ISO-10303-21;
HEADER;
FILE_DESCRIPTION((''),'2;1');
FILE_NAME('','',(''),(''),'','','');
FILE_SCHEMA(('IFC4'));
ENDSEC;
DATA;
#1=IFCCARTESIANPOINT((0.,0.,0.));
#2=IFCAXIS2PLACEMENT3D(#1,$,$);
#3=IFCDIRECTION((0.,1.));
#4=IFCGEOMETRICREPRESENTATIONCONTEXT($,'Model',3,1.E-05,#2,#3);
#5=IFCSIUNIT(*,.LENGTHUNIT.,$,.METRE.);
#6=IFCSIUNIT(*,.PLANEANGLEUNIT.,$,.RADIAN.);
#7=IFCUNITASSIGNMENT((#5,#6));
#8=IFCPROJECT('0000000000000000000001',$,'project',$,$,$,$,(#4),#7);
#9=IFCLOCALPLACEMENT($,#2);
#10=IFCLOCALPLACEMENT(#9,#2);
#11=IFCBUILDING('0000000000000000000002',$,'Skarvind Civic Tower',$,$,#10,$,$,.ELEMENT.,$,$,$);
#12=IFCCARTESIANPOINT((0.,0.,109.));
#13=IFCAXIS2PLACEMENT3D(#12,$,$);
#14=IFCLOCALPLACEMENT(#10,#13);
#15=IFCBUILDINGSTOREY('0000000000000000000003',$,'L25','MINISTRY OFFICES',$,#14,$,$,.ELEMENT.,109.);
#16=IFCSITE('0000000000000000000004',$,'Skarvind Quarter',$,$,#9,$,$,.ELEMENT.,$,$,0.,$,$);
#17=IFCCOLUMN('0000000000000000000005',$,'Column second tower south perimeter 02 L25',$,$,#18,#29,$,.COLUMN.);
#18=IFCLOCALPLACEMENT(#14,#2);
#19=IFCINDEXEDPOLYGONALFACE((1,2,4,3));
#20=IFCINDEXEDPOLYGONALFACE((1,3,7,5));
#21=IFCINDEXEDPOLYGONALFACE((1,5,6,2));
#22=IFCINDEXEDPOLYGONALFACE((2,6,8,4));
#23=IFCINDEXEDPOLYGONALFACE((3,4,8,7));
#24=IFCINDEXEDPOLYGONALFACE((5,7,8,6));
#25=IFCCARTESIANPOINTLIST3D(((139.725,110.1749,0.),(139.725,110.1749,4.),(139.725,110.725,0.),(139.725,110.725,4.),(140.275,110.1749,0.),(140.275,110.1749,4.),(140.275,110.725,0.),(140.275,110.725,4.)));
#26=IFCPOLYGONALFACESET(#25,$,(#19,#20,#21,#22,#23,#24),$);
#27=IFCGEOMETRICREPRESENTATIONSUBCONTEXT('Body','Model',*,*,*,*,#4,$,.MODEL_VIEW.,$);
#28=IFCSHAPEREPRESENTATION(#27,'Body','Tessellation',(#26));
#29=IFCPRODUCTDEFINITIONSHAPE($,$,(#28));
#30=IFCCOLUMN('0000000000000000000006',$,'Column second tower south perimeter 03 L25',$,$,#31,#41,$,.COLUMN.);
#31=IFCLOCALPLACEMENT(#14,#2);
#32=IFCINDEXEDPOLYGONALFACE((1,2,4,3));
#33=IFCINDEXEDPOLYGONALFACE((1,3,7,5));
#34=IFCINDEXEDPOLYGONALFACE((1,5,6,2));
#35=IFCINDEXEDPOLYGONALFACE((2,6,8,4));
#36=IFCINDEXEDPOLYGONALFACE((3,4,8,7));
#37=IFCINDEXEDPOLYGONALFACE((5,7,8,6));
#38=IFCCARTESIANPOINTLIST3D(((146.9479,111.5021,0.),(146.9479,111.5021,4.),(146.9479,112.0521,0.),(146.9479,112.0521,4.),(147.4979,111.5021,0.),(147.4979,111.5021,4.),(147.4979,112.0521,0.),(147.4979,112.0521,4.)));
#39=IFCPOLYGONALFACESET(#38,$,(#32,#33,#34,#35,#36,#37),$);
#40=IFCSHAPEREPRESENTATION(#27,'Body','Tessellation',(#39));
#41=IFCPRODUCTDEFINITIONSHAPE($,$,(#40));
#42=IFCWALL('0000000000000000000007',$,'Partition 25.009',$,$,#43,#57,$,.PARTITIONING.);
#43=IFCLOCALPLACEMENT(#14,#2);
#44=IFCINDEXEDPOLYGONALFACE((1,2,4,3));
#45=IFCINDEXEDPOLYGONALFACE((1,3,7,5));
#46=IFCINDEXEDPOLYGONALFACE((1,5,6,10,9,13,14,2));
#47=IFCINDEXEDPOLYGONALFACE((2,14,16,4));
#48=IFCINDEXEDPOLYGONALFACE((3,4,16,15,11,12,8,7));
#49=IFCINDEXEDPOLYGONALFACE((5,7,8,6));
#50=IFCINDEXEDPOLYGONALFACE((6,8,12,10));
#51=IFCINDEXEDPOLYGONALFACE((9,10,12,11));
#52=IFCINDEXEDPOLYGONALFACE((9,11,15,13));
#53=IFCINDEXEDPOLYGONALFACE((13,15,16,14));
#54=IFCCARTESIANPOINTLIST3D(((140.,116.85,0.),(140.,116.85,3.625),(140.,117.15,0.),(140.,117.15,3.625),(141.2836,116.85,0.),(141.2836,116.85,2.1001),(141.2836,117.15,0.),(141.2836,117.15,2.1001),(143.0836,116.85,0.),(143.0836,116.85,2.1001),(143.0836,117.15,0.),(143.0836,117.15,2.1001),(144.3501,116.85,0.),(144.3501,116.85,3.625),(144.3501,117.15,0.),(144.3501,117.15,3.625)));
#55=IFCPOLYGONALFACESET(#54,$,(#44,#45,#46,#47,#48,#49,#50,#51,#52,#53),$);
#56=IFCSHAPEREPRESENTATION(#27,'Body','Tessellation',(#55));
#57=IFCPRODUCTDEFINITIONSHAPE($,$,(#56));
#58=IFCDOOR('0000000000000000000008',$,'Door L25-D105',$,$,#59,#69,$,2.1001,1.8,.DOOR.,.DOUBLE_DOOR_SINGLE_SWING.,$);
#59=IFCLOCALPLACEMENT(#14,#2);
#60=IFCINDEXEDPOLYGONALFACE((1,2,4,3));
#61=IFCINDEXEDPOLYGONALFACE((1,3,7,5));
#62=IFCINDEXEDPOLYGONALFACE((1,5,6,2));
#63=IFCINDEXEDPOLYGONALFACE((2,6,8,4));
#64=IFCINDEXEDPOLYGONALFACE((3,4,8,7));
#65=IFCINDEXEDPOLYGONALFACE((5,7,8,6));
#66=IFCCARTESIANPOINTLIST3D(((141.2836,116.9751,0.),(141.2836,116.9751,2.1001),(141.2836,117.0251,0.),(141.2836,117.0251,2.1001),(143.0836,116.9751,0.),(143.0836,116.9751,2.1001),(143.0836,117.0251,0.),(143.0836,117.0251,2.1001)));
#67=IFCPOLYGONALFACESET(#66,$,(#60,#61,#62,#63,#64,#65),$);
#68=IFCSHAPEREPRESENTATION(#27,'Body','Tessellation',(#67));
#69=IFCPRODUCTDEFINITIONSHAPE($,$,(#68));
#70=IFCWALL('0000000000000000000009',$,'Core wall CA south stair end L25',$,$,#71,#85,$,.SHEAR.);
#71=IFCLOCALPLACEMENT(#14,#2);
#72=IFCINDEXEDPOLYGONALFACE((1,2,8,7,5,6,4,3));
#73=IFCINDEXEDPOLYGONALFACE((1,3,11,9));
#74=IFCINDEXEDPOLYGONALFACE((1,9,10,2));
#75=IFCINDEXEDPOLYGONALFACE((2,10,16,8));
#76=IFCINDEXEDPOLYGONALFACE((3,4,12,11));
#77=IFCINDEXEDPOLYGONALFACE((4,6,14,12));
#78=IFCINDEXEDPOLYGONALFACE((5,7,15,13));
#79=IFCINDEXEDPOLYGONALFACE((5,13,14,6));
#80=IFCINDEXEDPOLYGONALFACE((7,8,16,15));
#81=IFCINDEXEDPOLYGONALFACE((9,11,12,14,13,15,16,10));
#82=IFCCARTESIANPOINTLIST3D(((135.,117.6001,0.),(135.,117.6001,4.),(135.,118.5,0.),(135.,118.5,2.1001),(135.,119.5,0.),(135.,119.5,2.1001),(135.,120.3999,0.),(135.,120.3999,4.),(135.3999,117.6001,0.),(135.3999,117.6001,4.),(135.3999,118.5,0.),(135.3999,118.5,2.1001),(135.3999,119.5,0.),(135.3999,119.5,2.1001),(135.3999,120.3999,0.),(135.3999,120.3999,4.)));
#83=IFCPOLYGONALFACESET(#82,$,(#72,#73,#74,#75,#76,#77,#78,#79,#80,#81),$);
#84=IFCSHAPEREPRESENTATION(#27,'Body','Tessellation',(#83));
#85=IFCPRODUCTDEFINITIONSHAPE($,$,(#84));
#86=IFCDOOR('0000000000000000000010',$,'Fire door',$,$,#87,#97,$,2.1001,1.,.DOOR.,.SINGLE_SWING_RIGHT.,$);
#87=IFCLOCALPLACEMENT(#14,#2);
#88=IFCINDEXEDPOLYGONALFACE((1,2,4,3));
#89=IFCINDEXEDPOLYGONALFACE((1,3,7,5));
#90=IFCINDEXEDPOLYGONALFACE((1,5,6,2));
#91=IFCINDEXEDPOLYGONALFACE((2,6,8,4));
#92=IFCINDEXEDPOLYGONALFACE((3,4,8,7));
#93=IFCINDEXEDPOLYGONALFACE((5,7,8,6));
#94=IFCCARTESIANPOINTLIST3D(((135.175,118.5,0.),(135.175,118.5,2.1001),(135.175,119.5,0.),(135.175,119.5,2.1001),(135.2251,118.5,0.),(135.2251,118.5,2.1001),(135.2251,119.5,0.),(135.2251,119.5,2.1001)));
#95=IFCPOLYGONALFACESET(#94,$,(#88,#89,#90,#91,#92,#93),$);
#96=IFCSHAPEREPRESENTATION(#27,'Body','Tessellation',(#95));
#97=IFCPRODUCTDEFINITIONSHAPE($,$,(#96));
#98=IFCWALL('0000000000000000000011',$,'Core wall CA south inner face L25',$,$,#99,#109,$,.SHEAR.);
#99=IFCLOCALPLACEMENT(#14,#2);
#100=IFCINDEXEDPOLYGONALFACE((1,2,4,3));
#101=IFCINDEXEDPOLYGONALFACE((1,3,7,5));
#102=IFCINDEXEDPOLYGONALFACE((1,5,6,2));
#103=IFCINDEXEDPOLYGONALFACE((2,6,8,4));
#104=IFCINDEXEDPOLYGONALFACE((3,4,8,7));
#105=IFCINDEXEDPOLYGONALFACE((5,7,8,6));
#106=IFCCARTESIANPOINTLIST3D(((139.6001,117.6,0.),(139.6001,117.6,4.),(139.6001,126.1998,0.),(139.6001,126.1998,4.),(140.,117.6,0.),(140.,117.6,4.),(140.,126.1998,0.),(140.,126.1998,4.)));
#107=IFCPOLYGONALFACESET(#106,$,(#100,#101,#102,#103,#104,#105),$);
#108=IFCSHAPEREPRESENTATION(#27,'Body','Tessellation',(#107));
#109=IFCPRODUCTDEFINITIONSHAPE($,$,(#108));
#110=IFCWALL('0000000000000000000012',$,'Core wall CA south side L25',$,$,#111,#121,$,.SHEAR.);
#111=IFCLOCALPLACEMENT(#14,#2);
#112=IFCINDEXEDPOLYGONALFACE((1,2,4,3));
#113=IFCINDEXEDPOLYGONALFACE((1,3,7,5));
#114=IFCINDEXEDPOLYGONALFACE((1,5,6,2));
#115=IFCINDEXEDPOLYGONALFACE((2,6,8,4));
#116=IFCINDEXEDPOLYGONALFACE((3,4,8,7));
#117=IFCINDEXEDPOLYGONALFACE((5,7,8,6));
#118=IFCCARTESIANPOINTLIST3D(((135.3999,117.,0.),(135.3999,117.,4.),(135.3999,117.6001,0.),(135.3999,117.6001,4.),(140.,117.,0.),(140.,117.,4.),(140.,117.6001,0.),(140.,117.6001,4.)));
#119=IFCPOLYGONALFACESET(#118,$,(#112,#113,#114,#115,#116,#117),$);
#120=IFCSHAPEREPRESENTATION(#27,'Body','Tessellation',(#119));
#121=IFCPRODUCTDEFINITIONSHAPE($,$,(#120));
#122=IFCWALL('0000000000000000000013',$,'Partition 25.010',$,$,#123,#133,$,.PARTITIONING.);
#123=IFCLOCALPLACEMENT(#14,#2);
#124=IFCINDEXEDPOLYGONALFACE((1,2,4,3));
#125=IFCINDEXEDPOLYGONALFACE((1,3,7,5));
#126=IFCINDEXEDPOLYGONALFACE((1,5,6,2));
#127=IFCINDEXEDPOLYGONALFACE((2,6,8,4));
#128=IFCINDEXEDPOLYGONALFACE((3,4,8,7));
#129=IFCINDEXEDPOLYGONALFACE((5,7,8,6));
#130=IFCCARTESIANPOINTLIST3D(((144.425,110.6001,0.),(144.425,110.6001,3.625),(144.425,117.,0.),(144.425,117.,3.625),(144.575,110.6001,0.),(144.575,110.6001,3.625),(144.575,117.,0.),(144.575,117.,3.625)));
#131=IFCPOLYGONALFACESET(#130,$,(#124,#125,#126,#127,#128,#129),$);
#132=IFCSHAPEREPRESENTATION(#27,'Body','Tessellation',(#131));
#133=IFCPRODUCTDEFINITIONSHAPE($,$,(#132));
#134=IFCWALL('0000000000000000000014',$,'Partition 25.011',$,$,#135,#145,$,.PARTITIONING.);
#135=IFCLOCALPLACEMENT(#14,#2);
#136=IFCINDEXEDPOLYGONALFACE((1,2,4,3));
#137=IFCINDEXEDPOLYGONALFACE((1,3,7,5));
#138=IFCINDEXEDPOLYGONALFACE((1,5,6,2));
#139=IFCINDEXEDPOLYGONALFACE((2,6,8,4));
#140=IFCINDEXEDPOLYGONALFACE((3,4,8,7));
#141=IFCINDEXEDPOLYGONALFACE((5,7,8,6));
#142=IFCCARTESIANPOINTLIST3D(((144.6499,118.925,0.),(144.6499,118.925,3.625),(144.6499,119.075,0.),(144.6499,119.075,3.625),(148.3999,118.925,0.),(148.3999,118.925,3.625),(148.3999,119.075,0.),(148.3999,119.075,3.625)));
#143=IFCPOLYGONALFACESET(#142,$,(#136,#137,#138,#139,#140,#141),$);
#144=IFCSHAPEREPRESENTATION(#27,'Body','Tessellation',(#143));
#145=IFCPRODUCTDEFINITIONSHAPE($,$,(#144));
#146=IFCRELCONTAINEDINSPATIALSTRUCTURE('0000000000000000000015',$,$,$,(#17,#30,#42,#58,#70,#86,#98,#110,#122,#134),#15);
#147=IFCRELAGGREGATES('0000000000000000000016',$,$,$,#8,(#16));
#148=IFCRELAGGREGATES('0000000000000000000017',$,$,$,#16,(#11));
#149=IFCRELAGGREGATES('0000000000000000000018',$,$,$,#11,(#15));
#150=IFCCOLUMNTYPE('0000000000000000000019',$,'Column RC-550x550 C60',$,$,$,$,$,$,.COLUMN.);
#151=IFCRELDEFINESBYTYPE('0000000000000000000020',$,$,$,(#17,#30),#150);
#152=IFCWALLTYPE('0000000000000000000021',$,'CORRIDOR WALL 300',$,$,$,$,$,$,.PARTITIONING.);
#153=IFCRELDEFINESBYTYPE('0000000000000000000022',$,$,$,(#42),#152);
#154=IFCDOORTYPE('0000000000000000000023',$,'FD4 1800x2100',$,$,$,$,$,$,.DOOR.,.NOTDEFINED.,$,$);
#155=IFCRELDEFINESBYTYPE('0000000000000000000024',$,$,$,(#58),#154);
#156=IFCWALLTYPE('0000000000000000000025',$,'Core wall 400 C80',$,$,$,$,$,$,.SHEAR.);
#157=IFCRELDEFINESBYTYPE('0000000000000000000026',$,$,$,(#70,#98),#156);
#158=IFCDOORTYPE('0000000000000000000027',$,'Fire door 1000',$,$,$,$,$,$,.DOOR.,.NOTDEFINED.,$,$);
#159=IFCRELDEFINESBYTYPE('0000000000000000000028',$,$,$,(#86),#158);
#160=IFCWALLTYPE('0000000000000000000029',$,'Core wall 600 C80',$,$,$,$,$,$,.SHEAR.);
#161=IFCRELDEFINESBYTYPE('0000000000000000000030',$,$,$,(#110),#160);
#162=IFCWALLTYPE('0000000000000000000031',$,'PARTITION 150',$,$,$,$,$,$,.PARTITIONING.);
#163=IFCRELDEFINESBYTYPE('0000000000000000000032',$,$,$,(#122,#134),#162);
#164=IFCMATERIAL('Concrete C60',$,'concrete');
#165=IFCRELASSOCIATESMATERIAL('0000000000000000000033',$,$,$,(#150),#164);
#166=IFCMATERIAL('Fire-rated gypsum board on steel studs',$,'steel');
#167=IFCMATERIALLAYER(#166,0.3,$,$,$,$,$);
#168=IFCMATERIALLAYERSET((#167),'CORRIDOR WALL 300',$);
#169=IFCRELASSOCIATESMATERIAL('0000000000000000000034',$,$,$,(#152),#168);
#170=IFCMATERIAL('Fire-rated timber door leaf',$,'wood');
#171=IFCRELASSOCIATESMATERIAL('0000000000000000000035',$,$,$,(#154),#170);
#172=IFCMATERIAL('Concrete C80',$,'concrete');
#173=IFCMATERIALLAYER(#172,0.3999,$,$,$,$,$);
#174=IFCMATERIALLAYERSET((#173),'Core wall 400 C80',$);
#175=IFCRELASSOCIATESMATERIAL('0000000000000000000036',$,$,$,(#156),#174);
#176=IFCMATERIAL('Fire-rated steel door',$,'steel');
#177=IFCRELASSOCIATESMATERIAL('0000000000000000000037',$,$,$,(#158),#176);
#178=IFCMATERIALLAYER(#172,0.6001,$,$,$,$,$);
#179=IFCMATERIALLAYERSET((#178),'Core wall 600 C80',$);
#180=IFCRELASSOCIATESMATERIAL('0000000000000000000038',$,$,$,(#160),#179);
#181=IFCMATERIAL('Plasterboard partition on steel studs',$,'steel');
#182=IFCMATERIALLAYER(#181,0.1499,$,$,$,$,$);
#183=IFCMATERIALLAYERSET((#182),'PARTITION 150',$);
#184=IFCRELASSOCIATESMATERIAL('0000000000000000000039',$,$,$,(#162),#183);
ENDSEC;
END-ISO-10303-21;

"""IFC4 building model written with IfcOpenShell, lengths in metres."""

from ifc_helpers import new_model, si_unit, direction, frame, frame_2d, origin, origin_2d, place, context, subcontext, project, spatial, rectangle, extrude, material, layer, layer_set, material_profile, profile_set, type_object, element, fill, save


model = new_model("IFC4")

# Units and contexts
model_context = context("Model", 3, precision=1e-05, world=origin(), true_north=direction((0.0, 1.0)))
body_context = subcontext(model_context, "Body", "Model", "MODEL_VIEW")
ifc_project = project(units=[si_unit("LENGTHUNIT", "METRE"), si_unit("PLANEANGLEUNIT", "RADIAN")], contexts=[model_context])

# Site, building, storey
site_placement = place(None, origin())
site = spatial("IfcSite", under=ifc_project, at=site_placement, Name="Skarvind Quarter", CompositionType="ELEMENT", RefElevation=0.0)
building_placement = place(site_placement, origin())
building = spatial("IfcBuilding", under=site, at=building_placement, Name="Skarvind Civic Tower", CompositionType="ELEMENT")
storey_placement = place(building_placement, frame((0.0, 0.0, 109.0)))
storey = spatial("IfcBuildingStorey", under=building, at=storey_placement, Name="L25", Description="MINISTRY OFFICES", CompositionType="ELEMENT", Elevation=109.0)

# Columns
ifc_material_1 = material(Name="Concrete C60", Category="concrete")
ifc_material_profile = material_profile(ifc_material_1, rectangle(XDim=0.55, YDim=0.55, at=origin_2d()), Name="RC-550x550")
ifc_profile_set = profile_set([ifc_material_profile], Name="Concrete C60")
column_type = type_object("IfcColumnType", Name="Column RC-550x550 C60", PredefinedType="COLUMN", material=ifc_profile_set)
for number, where, z_axis, x_axis, name in (
    (1, (140.0, 110.45, 0.0), (0.0, 0.0, 1.0), (1.0, 0.0, 0.0), "Column second tower south perimeter 02 L25"),
    (2, (147.2229, 111.7771, 0.0), (0.0, 0.0, 1.0), (1.0, 0.0, 0.0), "Column second tower south perimeter 03 L25"),
):
    element("IfcColumn", number, at=place(storey_placement, frame(where, z_axis=z_axis, x_axis=x_axis)), inside=storey, type_object=column_type, Name=name, PredefinedType="COLUMN", context=body_context, shape_type="SweptSolid", body=[
        extrude(rectangle(XDim=0.55, YDim=0.55, at=origin_2d()), origin(), (0.0, 0.0, 1.0), 4.0),
    ])

# Walls, openings, doors
ifc_material_2 = material(Name="Fire-rated gypsum board on steel studs", Category="steel")
ifc_layer_1 = layer(ifc_material_2, 0.3)
ifc_layer_set_1 = layer_set([ifc_layer_1], Name="CORRIDOR WALL 300")
wall_type_1 = type_object("IfcWallType", Name="CORRIDOR WALL 300", PredefinedType="PARTITIONING", material=ifc_layer_set_1)
wall_1_placement = place(storey_placement, frame((144.3501, 117.0, 0.0), z_axis=(0.0, 0.0, 1.0), x_axis=(-1.0, 0.0, 0.0)))
wall_1 = element("IfcWall", 3, at=wall_1_placement, inside=storey, type_object=wall_type_1, Name="Partition 25.009", PredefinedType="PARTITIONING", context=body_context, shape_type="SweptSolid", body=[
    extrude(rectangle(XDim=4.3501, YDim=0.3, at=frame_2d((2.175, 0.0))), origin(), (0.0, 0.0, 1.0), 3.625),
])
opening_1_placement = place(wall_1_placement, frame((1.2666, 0.0, 0.0)))
opening_1 = element("IfcOpeningElement", 4, at=opening_1_placement, cuts=wall_1, PredefinedType="OPENING", context=body_context, shape_type="SweptSolid", body=[
    extrude(rectangle(XDim=1.8, YDim=2.1001, at=frame_2d((0.8999, 1.05))), frame((0.0, 0.1599, 0.0), z_axis=(0.0, -1.0, 0.0), x_axis=(1.0, 0.0, 0.0)), (0.0, 0.0, 1.0), 0.3201),
])
ifc_material_3 = material(Name="Fire-rated timber door leaf", Category="wood")
door_type_1 = type_object("IfcDoorType", Name="FD4 1800x2100", OperationType="NOTDEFINED", PredefinedType="DOOR", material=ifc_material_3)
door_1_placement = place(opening_1_placement, origin())
door_1 = element("IfcDoor", 5, at=door_1_placement, inside=storey, type_object=door_type_1, Name="Door L25-D105", OperationType="DOUBLE_DOOR_SINGLE_SWING", OverallHeight=2.1001, OverallWidth=1.8, PredefinedType="DOOR", context=body_context, shape_type="SweptSolid", body=[
    extrude(rectangle(XDim=1.8, YDim=2.1001, at=frame_2d((0.8999, 1.05))), frame((0.0, 0.0249, 0.0), z_axis=(0.0, -1.0, 0.0), x_axis=(1.0, 0.0, 0.0)), (0.0, 0.0, 1.0), 0.05),
])
fill(opening_1, door_1)
ifc_material_4 = material(Name="Concrete C80", Category="concrete")
ifc_layer_2 = layer(ifc_material_4, 0.3999)
ifc_layer_set_2 = layer_set([ifc_layer_2], Name="Core wall 400 C80")
wall_type_2 = type_object("IfcWallType", Name="Core wall 400 C80", PredefinedType="SHEAR", material=ifc_layer_set_2)
wall_2_placement = place(storey_placement, frame((135.2, 117.6001, 0.0), z_axis=(0.0, 0.0, 1.0), x_axis=(0.0, 1.0, 0.0)))
wall_2 = element("IfcWall", 6, at=wall_2_placement, inside=storey, type_object=wall_type_2, Name="Core wall CA south stair end L25", PredefinedType="SHEAR", context=body_context, shape_type="SweptSolid", body=[
    extrude(rectangle(XDim=2.7998, YDim=0.3999, at=frame_2d((1.3999, 0.0))), origin(), (0.0, 0.0, 1.0), 4.0),
])
opening_2_placement = place(wall_2_placement, frame((0.8999, 0.0, 0.0)))
opening_2 = element("IfcOpeningElement", 7, at=opening_2_placement, cuts=wall_2, PredefinedType="OPENING", context=body_context, shape_type="SweptSolid", body=[
    extrude(rectangle(XDim=1.0, YDim=2.1001, at=frame_2d((0.5, 1.05))), frame((0.0, 0.21, 0.0), z_axis=(0.0, -1.0, 0.0), x_axis=(1.0, 0.0, 0.0)), (0.0, 0.0, 1.0), 0.4199),
])
ifc_material_5 = material(Name="Fire-rated steel door", Category="steel")
door_type_2 = type_object("IfcDoorType", Name="Fire door 1000", OperationType="NOTDEFINED", PredefinedType="DOOR", material=ifc_material_5)
door_2_placement = place(opening_2_placement, origin())
door_2 = element("IfcDoor", 8, at=door_2_placement, inside=storey, type_object=door_type_2, Name="Fire door", OperationType="SINGLE_SWING_RIGHT", OverallHeight=2.1001, OverallWidth=1.0, PredefinedType="DOOR", context=body_context, shape_type="SweptSolid", body=[
    extrude(rectangle(XDim=1.0, YDim=2.1001, at=frame_2d((0.5, 1.05))), frame((0.0, 0.0249, 0.0), z_axis=(0.0, -1.0, 0.0), x_axis=(1.0, 0.0, 0.0)), (0.0, 0.0, 1.0), 0.05),
])
fill(opening_2, door_2)

# Walls
wall_3_placement = place(storey_placement, frame((139.8, 117.6001, 0.0), z_axis=(0.0, 0.0, 1.0), x_axis=(0.0, 1.0, 0.0)))
element("IfcWall", 9, at=wall_3_placement, inside=storey, type_object=wall_type_2, Name="Core wall CA south inner face L25", PredefinedType="SHEAR", context=body_context, shape_type="SweptSolid", body=[
    extrude(rectangle(XDim=8.5999, YDim=0.3999, at=frame_2d((4.2998, 0.0))), origin(), (0.0, 0.0, 1.0), 4.0),
])
ifc_layer_3 = layer(ifc_material_4, 0.6001)
ifc_layer_set_3 = layer_set([ifc_layer_3], Name="Core wall 600 C80")
wall_type_3 = type_object("IfcWallType", Name="Core wall 600 C80", PredefinedType="SHEAR", material=ifc_layer_set_3)
wall_4_placement = place(storey_placement, frame((135.3999, 117.3, 0.0), z_axis=(0.0, 0.0, 1.0), x_axis=(1.0, 0.0, 0.0)))
element("IfcWall", 10, at=wall_4_placement, inside=storey, type_object=wall_type_3, Name="Core wall CA south side L25", PredefinedType="SHEAR", context=body_context, shape_type="SweptSolid", body=[
    extrude(rectangle(XDim=4.6001, YDim=0.6001, at=frame_2d((2.3, 0.0))), origin(), (0.0, 0.0, 1.0), 4.0),
])
ifc_material_6 = material(Name="Plasterboard partition on steel studs", Category="steel")
ifc_layer_4 = layer(ifc_material_6, 0.1499)
ifc_layer_set_4 = layer_set([ifc_layer_4], Name="PARTITION 150")
wall_type_4 = type_object("IfcWallType", Name="PARTITION 150", PredefinedType="PARTITIONING", material=ifc_layer_set_4)
wall_5_placement = place(storey_placement, frame((144.5, 117.0, 0.0), z_axis=(0.0, 0.0, 1.0), x_axis=(0.0, -1.0, 0.0)))
element("IfcWall", 11, at=wall_5_placement, inside=storey, type_object=wall_type_4, Name="Partition 25.010", PredefinedType="PARTITIONING", context=body_context, shape_type="SweptSolid", body=[
    extrude(rectangle(XDim=6.3999, YDim=0.1499, at=frame_2d((3.2, 0.0))), origin(), (0.0, 0.0, 1.0), 3.625),
])
wall_6_placement = place(storey_placement, frame((144.6499, 119.0, 0.0), z_axis=(0.0, 0.0, 1.0), x_axis=(1.0, 0.0, 0.0)))
element("IfcWall", 12, at=wall_6_placement, inside=storey, type_object=wall_type_4, Name="Partition 25.011", PredefinedType="PARTITIONING", context=body_context, shape_type="SweptSolid", body=[
    extrude(rectangle(XDim=3.75, YDim=0.1499, at=frame_2d((1.875, 0.0))), origin(), (0.0, 0.0, 1.0), 3.625),
])

save(model, "model.ifc")
